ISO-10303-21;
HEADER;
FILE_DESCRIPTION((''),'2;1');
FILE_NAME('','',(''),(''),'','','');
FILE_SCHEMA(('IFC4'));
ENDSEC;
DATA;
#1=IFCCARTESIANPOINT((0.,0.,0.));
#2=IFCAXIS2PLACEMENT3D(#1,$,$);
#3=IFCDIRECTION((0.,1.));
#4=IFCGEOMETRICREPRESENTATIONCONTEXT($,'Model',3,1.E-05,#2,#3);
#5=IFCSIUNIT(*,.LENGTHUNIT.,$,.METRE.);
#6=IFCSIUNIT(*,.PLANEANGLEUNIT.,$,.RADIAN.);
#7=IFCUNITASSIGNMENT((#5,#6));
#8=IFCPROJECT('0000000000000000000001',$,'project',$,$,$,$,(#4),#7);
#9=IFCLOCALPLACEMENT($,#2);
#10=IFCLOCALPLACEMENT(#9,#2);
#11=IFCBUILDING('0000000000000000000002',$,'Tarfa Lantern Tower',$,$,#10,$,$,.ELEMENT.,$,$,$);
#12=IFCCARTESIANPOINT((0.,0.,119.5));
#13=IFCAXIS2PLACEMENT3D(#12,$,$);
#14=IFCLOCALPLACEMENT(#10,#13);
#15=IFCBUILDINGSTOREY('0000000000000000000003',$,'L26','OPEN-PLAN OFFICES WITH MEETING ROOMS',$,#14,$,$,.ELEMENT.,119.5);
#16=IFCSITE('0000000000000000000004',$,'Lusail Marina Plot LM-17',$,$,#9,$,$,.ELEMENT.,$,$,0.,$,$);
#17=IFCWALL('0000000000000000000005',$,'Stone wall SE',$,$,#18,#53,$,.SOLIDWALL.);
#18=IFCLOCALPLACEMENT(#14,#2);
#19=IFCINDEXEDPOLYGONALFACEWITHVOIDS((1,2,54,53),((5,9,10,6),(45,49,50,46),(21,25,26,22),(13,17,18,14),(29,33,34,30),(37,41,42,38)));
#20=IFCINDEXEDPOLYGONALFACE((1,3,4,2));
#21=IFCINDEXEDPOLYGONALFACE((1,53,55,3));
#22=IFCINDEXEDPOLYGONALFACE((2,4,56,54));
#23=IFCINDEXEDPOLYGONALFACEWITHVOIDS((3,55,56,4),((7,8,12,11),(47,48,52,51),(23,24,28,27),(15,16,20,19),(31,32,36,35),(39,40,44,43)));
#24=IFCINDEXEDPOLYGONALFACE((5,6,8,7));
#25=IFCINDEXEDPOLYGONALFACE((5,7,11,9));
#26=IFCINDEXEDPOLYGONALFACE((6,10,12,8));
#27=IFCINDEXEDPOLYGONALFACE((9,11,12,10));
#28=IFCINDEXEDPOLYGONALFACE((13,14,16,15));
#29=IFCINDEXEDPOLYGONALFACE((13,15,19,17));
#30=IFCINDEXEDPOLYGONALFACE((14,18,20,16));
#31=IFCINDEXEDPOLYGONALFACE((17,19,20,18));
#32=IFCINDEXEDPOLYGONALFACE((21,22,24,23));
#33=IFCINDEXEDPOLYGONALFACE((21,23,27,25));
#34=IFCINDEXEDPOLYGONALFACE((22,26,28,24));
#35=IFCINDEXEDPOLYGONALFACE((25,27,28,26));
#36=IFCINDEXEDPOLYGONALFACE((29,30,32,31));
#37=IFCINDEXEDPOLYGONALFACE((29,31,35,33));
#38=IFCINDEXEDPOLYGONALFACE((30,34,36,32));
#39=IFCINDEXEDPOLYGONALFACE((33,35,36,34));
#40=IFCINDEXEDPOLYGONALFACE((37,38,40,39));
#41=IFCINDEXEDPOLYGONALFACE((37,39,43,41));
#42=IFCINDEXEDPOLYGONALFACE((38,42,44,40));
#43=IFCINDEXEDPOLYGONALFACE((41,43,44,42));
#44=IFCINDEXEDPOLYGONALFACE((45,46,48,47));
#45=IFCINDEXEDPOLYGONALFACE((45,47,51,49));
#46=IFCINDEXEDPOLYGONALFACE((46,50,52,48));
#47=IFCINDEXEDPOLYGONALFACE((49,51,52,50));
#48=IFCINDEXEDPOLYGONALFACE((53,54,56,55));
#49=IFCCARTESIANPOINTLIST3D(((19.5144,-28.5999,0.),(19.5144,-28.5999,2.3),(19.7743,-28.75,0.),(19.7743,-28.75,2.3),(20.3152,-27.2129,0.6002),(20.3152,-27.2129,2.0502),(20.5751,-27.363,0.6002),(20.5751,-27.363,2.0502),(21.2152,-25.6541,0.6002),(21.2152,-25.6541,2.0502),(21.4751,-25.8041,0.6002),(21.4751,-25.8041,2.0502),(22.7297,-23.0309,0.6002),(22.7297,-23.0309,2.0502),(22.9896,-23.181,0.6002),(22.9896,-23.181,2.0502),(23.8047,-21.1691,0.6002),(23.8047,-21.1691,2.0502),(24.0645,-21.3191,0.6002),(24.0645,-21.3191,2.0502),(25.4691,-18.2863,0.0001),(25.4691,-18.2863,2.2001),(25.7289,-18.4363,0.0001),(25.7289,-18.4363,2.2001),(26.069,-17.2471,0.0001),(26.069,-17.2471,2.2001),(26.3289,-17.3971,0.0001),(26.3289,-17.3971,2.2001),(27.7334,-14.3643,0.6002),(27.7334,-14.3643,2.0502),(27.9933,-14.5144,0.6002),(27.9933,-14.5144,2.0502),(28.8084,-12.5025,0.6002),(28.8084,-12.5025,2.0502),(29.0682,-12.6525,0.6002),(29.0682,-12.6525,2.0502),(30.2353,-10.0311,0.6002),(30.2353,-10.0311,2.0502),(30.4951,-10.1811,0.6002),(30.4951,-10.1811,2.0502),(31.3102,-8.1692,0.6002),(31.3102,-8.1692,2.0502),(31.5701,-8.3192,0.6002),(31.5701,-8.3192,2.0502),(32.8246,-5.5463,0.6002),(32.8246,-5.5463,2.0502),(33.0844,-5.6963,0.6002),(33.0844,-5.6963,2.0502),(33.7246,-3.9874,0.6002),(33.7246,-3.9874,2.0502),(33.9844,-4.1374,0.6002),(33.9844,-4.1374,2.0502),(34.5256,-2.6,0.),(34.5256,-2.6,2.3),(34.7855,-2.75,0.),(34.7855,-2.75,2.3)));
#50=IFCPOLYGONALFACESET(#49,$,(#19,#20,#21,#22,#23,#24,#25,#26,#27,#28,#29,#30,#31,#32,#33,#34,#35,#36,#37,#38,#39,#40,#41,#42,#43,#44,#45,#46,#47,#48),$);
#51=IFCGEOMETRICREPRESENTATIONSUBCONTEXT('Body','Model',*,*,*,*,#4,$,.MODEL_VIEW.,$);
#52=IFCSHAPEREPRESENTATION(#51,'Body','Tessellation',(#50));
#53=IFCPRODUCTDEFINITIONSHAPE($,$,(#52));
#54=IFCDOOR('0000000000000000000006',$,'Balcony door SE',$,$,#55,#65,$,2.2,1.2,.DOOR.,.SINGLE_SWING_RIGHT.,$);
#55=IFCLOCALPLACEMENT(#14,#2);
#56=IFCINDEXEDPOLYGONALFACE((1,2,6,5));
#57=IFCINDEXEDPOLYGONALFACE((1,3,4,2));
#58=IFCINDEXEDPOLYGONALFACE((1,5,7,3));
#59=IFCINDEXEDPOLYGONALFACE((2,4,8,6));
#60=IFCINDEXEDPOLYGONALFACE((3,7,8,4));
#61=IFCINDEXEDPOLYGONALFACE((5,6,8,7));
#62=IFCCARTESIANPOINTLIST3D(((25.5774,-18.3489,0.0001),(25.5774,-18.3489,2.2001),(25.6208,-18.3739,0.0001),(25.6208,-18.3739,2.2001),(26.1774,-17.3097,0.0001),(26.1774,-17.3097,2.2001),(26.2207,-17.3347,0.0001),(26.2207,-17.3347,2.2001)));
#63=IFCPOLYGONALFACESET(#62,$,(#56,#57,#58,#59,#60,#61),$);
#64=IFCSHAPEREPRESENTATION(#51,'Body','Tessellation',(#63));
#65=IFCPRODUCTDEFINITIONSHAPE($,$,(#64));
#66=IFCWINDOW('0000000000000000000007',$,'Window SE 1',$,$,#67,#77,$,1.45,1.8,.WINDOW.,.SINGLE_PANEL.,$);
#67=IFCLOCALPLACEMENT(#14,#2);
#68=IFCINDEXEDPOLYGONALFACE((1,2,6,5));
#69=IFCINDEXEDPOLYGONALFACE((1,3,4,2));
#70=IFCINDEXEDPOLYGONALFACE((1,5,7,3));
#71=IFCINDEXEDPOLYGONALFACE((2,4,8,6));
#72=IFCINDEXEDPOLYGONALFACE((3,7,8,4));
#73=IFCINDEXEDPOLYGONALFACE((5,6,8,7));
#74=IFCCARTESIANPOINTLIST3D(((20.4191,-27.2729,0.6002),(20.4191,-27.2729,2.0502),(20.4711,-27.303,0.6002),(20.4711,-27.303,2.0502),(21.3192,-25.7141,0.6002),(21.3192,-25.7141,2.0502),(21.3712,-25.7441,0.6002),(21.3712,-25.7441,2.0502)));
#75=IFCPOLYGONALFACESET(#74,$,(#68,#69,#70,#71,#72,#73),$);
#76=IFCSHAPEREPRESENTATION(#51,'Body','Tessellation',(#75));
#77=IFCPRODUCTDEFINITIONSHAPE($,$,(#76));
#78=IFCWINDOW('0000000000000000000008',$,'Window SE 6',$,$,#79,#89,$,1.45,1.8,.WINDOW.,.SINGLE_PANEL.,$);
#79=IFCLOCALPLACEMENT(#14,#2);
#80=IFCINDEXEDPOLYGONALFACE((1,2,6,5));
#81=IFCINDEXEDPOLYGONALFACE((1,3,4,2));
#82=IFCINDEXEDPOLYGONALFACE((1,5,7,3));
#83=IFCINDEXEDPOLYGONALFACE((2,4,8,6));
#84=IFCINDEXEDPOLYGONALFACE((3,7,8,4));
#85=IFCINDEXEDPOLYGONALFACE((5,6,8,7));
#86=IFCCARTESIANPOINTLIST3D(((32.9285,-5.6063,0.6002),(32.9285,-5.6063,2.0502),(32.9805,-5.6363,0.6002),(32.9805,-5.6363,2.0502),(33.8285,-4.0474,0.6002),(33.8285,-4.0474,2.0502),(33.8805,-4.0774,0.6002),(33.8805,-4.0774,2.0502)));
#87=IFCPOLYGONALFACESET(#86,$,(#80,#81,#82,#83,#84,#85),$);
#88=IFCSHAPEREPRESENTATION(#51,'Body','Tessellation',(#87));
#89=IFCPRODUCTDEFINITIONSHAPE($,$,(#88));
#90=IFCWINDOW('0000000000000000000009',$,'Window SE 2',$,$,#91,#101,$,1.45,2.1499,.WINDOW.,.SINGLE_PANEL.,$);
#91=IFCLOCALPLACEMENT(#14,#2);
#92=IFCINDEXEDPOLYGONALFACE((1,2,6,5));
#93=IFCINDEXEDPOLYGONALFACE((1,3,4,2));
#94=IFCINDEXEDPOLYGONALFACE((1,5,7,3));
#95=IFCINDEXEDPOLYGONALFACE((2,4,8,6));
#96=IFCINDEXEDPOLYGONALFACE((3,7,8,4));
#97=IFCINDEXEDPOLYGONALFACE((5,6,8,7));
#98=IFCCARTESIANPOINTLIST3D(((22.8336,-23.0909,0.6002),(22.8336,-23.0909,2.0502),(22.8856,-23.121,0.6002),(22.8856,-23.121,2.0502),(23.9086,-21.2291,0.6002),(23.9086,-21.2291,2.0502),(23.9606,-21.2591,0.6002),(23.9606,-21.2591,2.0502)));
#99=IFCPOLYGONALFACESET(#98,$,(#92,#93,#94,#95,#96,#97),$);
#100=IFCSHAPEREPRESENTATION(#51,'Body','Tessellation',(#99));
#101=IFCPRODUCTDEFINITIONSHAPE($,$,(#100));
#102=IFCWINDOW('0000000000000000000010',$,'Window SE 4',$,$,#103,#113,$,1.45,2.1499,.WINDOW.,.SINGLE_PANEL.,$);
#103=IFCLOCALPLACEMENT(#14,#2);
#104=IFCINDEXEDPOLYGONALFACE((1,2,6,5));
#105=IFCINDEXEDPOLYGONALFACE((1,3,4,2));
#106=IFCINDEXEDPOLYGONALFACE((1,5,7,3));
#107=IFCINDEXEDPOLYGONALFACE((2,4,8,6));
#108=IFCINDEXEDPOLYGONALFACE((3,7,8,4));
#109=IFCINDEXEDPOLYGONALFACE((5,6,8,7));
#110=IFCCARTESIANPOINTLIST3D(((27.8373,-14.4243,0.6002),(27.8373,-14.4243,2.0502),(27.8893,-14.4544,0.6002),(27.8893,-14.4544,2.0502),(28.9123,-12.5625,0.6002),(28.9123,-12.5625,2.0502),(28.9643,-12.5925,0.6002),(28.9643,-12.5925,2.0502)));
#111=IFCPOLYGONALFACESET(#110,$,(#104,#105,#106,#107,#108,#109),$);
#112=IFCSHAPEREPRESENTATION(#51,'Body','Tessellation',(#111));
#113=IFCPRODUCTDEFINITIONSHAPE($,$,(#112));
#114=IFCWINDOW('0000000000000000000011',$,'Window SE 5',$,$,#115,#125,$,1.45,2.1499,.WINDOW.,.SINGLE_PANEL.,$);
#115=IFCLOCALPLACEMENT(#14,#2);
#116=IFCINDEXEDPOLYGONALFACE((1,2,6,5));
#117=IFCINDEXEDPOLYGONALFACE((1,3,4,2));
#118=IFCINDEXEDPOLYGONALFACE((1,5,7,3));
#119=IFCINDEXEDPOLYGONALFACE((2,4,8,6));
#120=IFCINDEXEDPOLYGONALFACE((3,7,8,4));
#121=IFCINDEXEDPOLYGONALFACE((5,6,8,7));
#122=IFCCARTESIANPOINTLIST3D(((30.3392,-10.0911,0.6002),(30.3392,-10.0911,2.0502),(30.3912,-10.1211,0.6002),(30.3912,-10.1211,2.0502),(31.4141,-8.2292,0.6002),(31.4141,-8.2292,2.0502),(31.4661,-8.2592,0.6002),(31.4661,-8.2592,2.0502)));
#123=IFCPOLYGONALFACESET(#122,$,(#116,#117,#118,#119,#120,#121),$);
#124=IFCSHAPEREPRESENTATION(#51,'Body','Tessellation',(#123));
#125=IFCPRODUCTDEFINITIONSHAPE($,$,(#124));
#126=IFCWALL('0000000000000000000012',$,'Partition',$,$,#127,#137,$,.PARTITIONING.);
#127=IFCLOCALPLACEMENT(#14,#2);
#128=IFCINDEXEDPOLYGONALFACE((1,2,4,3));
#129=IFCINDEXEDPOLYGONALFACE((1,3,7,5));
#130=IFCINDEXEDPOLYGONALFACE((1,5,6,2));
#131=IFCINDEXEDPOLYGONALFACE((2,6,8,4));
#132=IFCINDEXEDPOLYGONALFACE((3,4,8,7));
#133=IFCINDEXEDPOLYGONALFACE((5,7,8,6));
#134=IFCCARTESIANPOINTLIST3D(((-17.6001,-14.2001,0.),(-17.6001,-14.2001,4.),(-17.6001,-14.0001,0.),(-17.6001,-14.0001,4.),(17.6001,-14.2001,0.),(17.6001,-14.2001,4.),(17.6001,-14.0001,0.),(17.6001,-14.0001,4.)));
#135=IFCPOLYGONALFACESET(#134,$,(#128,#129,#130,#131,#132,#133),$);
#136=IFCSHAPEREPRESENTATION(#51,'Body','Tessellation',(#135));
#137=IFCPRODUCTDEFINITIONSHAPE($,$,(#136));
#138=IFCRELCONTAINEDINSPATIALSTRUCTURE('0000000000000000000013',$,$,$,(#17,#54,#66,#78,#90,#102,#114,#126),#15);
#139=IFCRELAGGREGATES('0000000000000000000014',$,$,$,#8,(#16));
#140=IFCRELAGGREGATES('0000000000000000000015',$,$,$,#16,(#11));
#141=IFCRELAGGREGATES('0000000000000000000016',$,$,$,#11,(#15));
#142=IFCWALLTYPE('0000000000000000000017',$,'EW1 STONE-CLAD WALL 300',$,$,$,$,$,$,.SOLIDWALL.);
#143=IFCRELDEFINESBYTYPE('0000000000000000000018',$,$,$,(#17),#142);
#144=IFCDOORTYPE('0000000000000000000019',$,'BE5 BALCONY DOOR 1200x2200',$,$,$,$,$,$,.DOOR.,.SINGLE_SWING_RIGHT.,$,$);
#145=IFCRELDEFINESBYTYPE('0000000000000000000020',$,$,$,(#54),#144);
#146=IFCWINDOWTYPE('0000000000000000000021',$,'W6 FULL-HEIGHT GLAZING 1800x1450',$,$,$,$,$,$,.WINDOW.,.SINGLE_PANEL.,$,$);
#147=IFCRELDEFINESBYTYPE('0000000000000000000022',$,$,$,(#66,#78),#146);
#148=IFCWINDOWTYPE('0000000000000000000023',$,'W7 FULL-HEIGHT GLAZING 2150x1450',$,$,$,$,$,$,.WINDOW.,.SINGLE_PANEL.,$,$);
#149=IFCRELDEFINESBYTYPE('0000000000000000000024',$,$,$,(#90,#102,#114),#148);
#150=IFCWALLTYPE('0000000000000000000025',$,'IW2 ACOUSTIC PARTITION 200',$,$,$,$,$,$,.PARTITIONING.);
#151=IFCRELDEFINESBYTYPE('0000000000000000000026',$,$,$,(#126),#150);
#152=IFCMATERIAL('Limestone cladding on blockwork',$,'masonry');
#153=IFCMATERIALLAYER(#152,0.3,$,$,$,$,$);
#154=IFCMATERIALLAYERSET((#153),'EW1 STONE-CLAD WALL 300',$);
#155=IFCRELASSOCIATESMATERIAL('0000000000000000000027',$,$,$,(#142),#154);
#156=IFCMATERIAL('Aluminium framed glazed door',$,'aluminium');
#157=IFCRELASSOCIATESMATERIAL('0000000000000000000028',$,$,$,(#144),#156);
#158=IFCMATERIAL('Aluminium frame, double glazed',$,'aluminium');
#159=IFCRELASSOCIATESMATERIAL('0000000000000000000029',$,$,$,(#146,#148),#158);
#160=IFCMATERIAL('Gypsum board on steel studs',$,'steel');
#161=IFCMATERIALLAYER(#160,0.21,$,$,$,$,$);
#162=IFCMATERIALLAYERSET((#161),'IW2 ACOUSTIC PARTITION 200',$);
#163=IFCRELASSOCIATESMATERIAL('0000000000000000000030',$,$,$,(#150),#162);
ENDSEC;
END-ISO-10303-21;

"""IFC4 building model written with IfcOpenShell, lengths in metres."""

from ifc_helpers import new_model, si_unit, direction, frame, frame_2d, origin, place, context, subcontext, project, spatial, rectangle, extrude, material, layer, layer_set, type_object, element, fill, save


model = new_model("IFC4")

# Units and contexts
model_context = context("Model", 3, precision=1e-05, world=origin(), true_north=direction((0.0, 1.0)))
body_context = subcontext(model_context, "Body", "Model", "MODEL_VIEW")
ifc_project = project(units=[si_unit("LENGTHUNIT", "METRE"), si_unit("PLANEANGLEUNIT", "RADIAN")], contexts=[model_context])

# Site, building, storey
site_placement = place(None, origin())
site = spatial("IfcSite", under=ifc_project, at=site_placement, Name="Lusail Marina Plot LM-17", CompositionType="ELEMENT", RefElevation=0.0)
building_placement = place(site_placement, origin())
building = spatial("IfcBuilding", under=site, at=building_placement, Name="Tarfa Lantern Tower", CompositionType="ELEMENT")
storey_placement = place(building_placement, frame((0.0, 0.0, 119.5)))
storey = spatial("IfcBuildingStorey", under=building, at=storey_placement, Name="L26", Description="OPEN-PLAN OFFICES WITH MEETING ROOMS", CompositionType="ELEMENT", Elevation=119.5)

# Wall, openings, door, windows
ifc_material_1 = material(Name="Limestone cladding on blockwork", Category="masonry")
ifc_layer_1 = layer(ifc_material_1, 0.3)
ifc_layer_set_1 = layer_set([ifc_layer_1], Name="EW1 STONE-CLAD WALL 300")
wall_type_1 = type_object("IfcWallType", Name="EW1 STONE-CLAD WALL 300", PredefinedType="SOLIDWALL", material=ifc_layer_set_1)
wall_1_placement = place(storey_placement, frame((19.6443, -28.675, 0.0), z_axis=(0.0, 0.0, 1.0), x_axis=(0.500003, 0.866024, 0.0)))
wall_1 = element("IfcWall", 1, at=wall_1_placement, inside=storey, type_object=wall_type_1, Name="Stone wall SE", PredefinedType="SOLIDWALL", context=body_context, shape_type="SweptSolid", body=[
    extrude(rectangle(XDim=30.0222, YDim=0.3, at=frame_2d((15.0112, 0.0))), origin(), (0.0, 0.0, 1.0), 2.3),
])
opening_1_placement = place(wall_1_placement, frame((1.6018, 0.0, 0.6001)))
opening_1 = element("IfcOpeningElement", 2, at=opening_1_placement, cuts=wall_1, PredefinedType="OPENING", context=body_context, shape_type="SweptSolid", body=[
    extrude(rectangle(XDim=1.8, YDim=1.45, at=frame_2d((0.8999, 0.7251))), frame((0.0, 0.1599, 0.0), z_axis=(0.0, -1.0, 0.0), x_axis=(1.0, 0.0, 0.0)), (0.0, 0.0, 1.0), 0.3201),
])
opening_2_placement = place(wall_1_placement, frame((6.4307, 0.0, 0.6001)))
opening_2 = element("IfcOpeningElement", 3, at=opening_2_placement, cuts=wall_1, PredefinedType="OPENING", context=body_context, shape_type="SweptSolid", body=[
    extrude(rectangle(XDim=2.1499, YDim=1.45, at=frame_2d((1.075, 0.7251))), frame((0.0, 0.1599, 0.0), z_axis=(0.0, -1.0, 0.0), x_axis=(1.0, 0.0, 0.0)), (0.0, 0.0, 1.0), 0.3201),
])
opening_3_placement = place(wall_1_placement, frame((11.9092, 0.0, 0.0)))
opening_3 = element("IfcOpeningElement", 4, at=opening_3_placement, cuts=wall_1, PredefinedType="OPENING", context=body_context, shape_type="SweptSolid", body=[
    extrude(rectangle(XDim=1.2, YDim=2.2, at=frame_2d((0.6001, 1.1001))), frame((0.0, 0.1599, 0.0), z_axis=(0.0, -1.0, 0.0), x_axis=(1.0, 0.0, 0.0)), (0.0, 0.0, 1.0), 0.3201),
])
opening_4_placement = place(wall_1_placement, frame((16.438, 0.0, 0.6001)))
opening_4 = element("IfcOpeningElement", 5, at=opening_4_placement, cuts=wall_1, PredefinedType="OPENING", context=body_context, shape_type="SweptSolid", body=[
    extrude(rectangle(XDim=2.1499, YDim=1.45, at=frame_2d((1.075, 0.7251))), frame((0.0, 0.1599, 0.0), z_axis=(0.0, -1.0, 0.0), x_axis=(1.0, 0.0, 0.0)), (0.0, 0.0, 1.0), 0.3201),
])
opening_5_placement = place(wall_1_placement, frame((21.4417, 0.0, 0.6001)))
opening_5 = element("IfcOpeningElement", 6, at=opening_5_placement, cuts=wall_1, PredefinedType="OPENING", context=body_context, shape_type="SweptSolid", body=[
    extrude(rectangle(XDim=2.1499, YDim=1.45, at=frame_2d((1.075, 0.7251))), frame((0.0, 0.1599, 0.0), z_axis=(0.0, -1.0, 0.0), x_axis=(1.0, 0.0, 0.0)), (0.0, 0.0, 1.0), 0.3201),
])
opening_6_placement = place(wall_1_placement, frame((26.6204, 0.0, 0.6001)))
opening_6 = element("IfcOpeningElement", 7, at=opening_6_placement, cuts=wall_1, PredefinedType="OPENING", context=body_context, shape_type="SweptSolid", body=[
    extrude(rectangle(XDim=1.8, YDim=1.45, at=frame_2d((0.8999, 0.7251))), frame((0.0, 0.1599, 0.0), z_axis=(0.0, -1.0, 0.0), x_axis=(1.0, 0.0, 0.0)), (0.0, 0.0, 1.0), 0.3201),
])
ifc_material_2 = material(Name="Aluminium framed glazed door", Category="aluminium")
door_type_1 = type_object("IfcDoorType", Name="BE5 BALCONY DOOR 1200x2200", OperationType="SINGLE_SWING_RIGHT", PredefinedType="DOOR", material=ifc_material_2)
door_1_placement = place(opening_3_placement, origin())
door_1 = element("IfcDoor", 8, at=door_1_placement, inside=storey, type_object=door_type_1, Name="Balcony door SE", OperationType="SINGLE_SWING_RIGHT", OverallHeight=2.2, OverallWidth=1.2, PredefinedType="DOOR", context=body_context, shape_type="SweptSolid", body=[
    extrude(rectangle(XDim=1.2, YDim=2.2, at=frame_2d((0.6001, 1.1001))), frame((0.0, 0.0249, 0.0), z_axis=(0.0, -1.0, 0.0), x_axis=(1.0, 0.0, 0.0)), (0.0, 0.0, 1.0), 0.05),
])
fill(opening_3, door_1)
ifc_material_3 = material(Name="Aluminium frame, double glazed", Category="aluminium")
window_type_1 = type_object("IfcWindowType", Name="W6 FULL-HEIGHT GLAZING 1800x1450", PartitioningType="SINGLE_PANEL", PredefinedType="WINDOW", material=ifc_material_3)
window_1_placement = place(opening_1_placement, origin())
window_1 = element("IfcWindow", 9, at=window_1_placement, inside=storey, type_object=window_type_1, Name="Window SE 1", OverallHeight=1.45, OverallWidth=1.8, PartitioningType="SINGLE_PANEL", PredefinedType="WINDOW", context=body_context, shape_type="SweptSolid", body=[
    extrude(rectangle(XDim=1.8, YDim=1.45, at=frame_2d((0.8999, 0.7251))), frame((0.0, 0.03, 0.0), z_axis=(0.0, -1.0, 0.0), x_axis=(1.0, 0.0, 0.0)), (0.0, 0.0, 1.0), 0.0601),
])
fill(opening_1, window_1)
window_2_placement = place(opening_6_placement, origin())
window_2 = element("IfcWindow", 10, at=window_2_placement, inside=storey, type_object=window_type_1, Name="Window SE 6", OverallHeight=1.45, OverallWidth=1.8, PartitioningType="SINGLE_PANEL", PredefinedType="WINDOW", context=body_context, shape_type="SweptSolid", body=[
    extrude(rectangle(XDim=1.8, YDim=1.45, at=frame_2d((0.8999, 0.7251))), frame((0.0, 0.03, 0.0), z_axis=(0.0, -1.0, 0.0), x_axis=(1.0, 0.0, 0.0)), (0.0, 0.0, 1.0), 0.0601),
])
fill(opening_6, window_2)
window_type_2 = type_object("IfcWindowType", Name="W7 FULL-HEIGHT GLAZING 2150x1450", PartitioningType="SINGLE_PANEL", PredefinedType="WINDOW", material=ifc_material_3)
window_3_placement = place(opening_2_placement, origin())
window_3 = element("IfcWindow", 11, at=window_3_placement, inside=storey, type_object=window_type_2, Name="Window SE 2", OverallHeight=1.45, OverallWidth=2.1499, PartitioningType="SINGLE_PANEL", PredefinedType="WINDOW", context=body_context, shape_type="SweptSolid", body=[
    extrude(rectangle(XDim=2.1499, YDim=1.45, at=frame_2d((1.075, 0.7251))), frame((0.0, 0.03, 0.0), z_axis=(0.0, -1.0, 0.0), x_axis=(1.0, 0.0, 0.0)), (0.0, 0.0, 1.0), 0.0601),
])
fill(opening_2, window_3)
window_4_placement = place(opening_4_placement, origin())
window_4 = element("IfcWindow", 12, at=window_4_placement, inside=storey, type_object=window_type_2, Name="Window SE 4", OverallHeight=1.45, OverallWidth=2.1499, PartitioningType="SINGLE_PANEL", PredefinedType="WINDOW", context=body_context, shape_type="SweptSolid", body=[
    extrude(rectangle(XDim=2.1499, YDim=1.45, at=frame_2d((1.075, 0.7251))), frame((0.0, 0.03, 0.0), z_axis=(0.0, -1.0, 0.0), x_axis=(1.0, 0.0, 0.0)), (0.0, 0.0, 1.0), 0.0601),
])
fill(opening_4, window_4)
window_5_placement = place(opening_5_placement, origin())
window_5 = element("IfcWindow", 13, at=window_5_placement, inside=storey, type_object=window_type_2, Name="Window SE 5", OverallHeight=1.45, OverallWidth=2.1499, PartitioningType="SINGLE_PANEL", PredefinedType="WINDOW", context=body_context, shape_type="SweptSolid", body=[
    extrude(rectangle(XDim=2.1499, YDim=1.45, at=frame_2d((1.075, 0.7251))), frame((0.0, 0.03, 0.0), z_axis=(0.0, -1.0, 0.0), x_axis=(1.0, 0.0, 0.0)), (0.0, 0.0, 1.0), 0.0601),
])
fill(opening_5, window_5)

# Wall
ifc_material_4 = material(Name="Gypsum board on steel studs", Category="steel")
ifc_layer_2 = layer(ifc_material_4, 0.21)
ifc_layer_set_2 = layer_set([ifc_layer_2], Name="IW2 ACOUSTIC PARTITION 200")
wall_type_2 = type_object("IfcWallType", Name="IW2 ACOUSTIC PARTITION 200", PredefinedType="PARTITIONING", material=ifc_layer_set_2)
wall_2_placement = place(storey_placement, frame((17.6001, -14.1001, 0.0), z_axis=(0.0, 0.0, 1.0), x_axis=(-1.0, 0.0, 0.0)))
element("IfcWall", 14, at=wall_2_placement, inside=storey, type_object=wall_type_2, Name="Partition", PredefinedType="PARTITIONING", context=body_context, shape_type="SweptSolid", body=[
    extrude(rectangle(XDim=35.2002, YDim=0.2, at=frame_2d((17.6001, 0.0))), origin(), (0.0, 0.0, 1.0), 4.0),
])

save(model, "model.ifc")
